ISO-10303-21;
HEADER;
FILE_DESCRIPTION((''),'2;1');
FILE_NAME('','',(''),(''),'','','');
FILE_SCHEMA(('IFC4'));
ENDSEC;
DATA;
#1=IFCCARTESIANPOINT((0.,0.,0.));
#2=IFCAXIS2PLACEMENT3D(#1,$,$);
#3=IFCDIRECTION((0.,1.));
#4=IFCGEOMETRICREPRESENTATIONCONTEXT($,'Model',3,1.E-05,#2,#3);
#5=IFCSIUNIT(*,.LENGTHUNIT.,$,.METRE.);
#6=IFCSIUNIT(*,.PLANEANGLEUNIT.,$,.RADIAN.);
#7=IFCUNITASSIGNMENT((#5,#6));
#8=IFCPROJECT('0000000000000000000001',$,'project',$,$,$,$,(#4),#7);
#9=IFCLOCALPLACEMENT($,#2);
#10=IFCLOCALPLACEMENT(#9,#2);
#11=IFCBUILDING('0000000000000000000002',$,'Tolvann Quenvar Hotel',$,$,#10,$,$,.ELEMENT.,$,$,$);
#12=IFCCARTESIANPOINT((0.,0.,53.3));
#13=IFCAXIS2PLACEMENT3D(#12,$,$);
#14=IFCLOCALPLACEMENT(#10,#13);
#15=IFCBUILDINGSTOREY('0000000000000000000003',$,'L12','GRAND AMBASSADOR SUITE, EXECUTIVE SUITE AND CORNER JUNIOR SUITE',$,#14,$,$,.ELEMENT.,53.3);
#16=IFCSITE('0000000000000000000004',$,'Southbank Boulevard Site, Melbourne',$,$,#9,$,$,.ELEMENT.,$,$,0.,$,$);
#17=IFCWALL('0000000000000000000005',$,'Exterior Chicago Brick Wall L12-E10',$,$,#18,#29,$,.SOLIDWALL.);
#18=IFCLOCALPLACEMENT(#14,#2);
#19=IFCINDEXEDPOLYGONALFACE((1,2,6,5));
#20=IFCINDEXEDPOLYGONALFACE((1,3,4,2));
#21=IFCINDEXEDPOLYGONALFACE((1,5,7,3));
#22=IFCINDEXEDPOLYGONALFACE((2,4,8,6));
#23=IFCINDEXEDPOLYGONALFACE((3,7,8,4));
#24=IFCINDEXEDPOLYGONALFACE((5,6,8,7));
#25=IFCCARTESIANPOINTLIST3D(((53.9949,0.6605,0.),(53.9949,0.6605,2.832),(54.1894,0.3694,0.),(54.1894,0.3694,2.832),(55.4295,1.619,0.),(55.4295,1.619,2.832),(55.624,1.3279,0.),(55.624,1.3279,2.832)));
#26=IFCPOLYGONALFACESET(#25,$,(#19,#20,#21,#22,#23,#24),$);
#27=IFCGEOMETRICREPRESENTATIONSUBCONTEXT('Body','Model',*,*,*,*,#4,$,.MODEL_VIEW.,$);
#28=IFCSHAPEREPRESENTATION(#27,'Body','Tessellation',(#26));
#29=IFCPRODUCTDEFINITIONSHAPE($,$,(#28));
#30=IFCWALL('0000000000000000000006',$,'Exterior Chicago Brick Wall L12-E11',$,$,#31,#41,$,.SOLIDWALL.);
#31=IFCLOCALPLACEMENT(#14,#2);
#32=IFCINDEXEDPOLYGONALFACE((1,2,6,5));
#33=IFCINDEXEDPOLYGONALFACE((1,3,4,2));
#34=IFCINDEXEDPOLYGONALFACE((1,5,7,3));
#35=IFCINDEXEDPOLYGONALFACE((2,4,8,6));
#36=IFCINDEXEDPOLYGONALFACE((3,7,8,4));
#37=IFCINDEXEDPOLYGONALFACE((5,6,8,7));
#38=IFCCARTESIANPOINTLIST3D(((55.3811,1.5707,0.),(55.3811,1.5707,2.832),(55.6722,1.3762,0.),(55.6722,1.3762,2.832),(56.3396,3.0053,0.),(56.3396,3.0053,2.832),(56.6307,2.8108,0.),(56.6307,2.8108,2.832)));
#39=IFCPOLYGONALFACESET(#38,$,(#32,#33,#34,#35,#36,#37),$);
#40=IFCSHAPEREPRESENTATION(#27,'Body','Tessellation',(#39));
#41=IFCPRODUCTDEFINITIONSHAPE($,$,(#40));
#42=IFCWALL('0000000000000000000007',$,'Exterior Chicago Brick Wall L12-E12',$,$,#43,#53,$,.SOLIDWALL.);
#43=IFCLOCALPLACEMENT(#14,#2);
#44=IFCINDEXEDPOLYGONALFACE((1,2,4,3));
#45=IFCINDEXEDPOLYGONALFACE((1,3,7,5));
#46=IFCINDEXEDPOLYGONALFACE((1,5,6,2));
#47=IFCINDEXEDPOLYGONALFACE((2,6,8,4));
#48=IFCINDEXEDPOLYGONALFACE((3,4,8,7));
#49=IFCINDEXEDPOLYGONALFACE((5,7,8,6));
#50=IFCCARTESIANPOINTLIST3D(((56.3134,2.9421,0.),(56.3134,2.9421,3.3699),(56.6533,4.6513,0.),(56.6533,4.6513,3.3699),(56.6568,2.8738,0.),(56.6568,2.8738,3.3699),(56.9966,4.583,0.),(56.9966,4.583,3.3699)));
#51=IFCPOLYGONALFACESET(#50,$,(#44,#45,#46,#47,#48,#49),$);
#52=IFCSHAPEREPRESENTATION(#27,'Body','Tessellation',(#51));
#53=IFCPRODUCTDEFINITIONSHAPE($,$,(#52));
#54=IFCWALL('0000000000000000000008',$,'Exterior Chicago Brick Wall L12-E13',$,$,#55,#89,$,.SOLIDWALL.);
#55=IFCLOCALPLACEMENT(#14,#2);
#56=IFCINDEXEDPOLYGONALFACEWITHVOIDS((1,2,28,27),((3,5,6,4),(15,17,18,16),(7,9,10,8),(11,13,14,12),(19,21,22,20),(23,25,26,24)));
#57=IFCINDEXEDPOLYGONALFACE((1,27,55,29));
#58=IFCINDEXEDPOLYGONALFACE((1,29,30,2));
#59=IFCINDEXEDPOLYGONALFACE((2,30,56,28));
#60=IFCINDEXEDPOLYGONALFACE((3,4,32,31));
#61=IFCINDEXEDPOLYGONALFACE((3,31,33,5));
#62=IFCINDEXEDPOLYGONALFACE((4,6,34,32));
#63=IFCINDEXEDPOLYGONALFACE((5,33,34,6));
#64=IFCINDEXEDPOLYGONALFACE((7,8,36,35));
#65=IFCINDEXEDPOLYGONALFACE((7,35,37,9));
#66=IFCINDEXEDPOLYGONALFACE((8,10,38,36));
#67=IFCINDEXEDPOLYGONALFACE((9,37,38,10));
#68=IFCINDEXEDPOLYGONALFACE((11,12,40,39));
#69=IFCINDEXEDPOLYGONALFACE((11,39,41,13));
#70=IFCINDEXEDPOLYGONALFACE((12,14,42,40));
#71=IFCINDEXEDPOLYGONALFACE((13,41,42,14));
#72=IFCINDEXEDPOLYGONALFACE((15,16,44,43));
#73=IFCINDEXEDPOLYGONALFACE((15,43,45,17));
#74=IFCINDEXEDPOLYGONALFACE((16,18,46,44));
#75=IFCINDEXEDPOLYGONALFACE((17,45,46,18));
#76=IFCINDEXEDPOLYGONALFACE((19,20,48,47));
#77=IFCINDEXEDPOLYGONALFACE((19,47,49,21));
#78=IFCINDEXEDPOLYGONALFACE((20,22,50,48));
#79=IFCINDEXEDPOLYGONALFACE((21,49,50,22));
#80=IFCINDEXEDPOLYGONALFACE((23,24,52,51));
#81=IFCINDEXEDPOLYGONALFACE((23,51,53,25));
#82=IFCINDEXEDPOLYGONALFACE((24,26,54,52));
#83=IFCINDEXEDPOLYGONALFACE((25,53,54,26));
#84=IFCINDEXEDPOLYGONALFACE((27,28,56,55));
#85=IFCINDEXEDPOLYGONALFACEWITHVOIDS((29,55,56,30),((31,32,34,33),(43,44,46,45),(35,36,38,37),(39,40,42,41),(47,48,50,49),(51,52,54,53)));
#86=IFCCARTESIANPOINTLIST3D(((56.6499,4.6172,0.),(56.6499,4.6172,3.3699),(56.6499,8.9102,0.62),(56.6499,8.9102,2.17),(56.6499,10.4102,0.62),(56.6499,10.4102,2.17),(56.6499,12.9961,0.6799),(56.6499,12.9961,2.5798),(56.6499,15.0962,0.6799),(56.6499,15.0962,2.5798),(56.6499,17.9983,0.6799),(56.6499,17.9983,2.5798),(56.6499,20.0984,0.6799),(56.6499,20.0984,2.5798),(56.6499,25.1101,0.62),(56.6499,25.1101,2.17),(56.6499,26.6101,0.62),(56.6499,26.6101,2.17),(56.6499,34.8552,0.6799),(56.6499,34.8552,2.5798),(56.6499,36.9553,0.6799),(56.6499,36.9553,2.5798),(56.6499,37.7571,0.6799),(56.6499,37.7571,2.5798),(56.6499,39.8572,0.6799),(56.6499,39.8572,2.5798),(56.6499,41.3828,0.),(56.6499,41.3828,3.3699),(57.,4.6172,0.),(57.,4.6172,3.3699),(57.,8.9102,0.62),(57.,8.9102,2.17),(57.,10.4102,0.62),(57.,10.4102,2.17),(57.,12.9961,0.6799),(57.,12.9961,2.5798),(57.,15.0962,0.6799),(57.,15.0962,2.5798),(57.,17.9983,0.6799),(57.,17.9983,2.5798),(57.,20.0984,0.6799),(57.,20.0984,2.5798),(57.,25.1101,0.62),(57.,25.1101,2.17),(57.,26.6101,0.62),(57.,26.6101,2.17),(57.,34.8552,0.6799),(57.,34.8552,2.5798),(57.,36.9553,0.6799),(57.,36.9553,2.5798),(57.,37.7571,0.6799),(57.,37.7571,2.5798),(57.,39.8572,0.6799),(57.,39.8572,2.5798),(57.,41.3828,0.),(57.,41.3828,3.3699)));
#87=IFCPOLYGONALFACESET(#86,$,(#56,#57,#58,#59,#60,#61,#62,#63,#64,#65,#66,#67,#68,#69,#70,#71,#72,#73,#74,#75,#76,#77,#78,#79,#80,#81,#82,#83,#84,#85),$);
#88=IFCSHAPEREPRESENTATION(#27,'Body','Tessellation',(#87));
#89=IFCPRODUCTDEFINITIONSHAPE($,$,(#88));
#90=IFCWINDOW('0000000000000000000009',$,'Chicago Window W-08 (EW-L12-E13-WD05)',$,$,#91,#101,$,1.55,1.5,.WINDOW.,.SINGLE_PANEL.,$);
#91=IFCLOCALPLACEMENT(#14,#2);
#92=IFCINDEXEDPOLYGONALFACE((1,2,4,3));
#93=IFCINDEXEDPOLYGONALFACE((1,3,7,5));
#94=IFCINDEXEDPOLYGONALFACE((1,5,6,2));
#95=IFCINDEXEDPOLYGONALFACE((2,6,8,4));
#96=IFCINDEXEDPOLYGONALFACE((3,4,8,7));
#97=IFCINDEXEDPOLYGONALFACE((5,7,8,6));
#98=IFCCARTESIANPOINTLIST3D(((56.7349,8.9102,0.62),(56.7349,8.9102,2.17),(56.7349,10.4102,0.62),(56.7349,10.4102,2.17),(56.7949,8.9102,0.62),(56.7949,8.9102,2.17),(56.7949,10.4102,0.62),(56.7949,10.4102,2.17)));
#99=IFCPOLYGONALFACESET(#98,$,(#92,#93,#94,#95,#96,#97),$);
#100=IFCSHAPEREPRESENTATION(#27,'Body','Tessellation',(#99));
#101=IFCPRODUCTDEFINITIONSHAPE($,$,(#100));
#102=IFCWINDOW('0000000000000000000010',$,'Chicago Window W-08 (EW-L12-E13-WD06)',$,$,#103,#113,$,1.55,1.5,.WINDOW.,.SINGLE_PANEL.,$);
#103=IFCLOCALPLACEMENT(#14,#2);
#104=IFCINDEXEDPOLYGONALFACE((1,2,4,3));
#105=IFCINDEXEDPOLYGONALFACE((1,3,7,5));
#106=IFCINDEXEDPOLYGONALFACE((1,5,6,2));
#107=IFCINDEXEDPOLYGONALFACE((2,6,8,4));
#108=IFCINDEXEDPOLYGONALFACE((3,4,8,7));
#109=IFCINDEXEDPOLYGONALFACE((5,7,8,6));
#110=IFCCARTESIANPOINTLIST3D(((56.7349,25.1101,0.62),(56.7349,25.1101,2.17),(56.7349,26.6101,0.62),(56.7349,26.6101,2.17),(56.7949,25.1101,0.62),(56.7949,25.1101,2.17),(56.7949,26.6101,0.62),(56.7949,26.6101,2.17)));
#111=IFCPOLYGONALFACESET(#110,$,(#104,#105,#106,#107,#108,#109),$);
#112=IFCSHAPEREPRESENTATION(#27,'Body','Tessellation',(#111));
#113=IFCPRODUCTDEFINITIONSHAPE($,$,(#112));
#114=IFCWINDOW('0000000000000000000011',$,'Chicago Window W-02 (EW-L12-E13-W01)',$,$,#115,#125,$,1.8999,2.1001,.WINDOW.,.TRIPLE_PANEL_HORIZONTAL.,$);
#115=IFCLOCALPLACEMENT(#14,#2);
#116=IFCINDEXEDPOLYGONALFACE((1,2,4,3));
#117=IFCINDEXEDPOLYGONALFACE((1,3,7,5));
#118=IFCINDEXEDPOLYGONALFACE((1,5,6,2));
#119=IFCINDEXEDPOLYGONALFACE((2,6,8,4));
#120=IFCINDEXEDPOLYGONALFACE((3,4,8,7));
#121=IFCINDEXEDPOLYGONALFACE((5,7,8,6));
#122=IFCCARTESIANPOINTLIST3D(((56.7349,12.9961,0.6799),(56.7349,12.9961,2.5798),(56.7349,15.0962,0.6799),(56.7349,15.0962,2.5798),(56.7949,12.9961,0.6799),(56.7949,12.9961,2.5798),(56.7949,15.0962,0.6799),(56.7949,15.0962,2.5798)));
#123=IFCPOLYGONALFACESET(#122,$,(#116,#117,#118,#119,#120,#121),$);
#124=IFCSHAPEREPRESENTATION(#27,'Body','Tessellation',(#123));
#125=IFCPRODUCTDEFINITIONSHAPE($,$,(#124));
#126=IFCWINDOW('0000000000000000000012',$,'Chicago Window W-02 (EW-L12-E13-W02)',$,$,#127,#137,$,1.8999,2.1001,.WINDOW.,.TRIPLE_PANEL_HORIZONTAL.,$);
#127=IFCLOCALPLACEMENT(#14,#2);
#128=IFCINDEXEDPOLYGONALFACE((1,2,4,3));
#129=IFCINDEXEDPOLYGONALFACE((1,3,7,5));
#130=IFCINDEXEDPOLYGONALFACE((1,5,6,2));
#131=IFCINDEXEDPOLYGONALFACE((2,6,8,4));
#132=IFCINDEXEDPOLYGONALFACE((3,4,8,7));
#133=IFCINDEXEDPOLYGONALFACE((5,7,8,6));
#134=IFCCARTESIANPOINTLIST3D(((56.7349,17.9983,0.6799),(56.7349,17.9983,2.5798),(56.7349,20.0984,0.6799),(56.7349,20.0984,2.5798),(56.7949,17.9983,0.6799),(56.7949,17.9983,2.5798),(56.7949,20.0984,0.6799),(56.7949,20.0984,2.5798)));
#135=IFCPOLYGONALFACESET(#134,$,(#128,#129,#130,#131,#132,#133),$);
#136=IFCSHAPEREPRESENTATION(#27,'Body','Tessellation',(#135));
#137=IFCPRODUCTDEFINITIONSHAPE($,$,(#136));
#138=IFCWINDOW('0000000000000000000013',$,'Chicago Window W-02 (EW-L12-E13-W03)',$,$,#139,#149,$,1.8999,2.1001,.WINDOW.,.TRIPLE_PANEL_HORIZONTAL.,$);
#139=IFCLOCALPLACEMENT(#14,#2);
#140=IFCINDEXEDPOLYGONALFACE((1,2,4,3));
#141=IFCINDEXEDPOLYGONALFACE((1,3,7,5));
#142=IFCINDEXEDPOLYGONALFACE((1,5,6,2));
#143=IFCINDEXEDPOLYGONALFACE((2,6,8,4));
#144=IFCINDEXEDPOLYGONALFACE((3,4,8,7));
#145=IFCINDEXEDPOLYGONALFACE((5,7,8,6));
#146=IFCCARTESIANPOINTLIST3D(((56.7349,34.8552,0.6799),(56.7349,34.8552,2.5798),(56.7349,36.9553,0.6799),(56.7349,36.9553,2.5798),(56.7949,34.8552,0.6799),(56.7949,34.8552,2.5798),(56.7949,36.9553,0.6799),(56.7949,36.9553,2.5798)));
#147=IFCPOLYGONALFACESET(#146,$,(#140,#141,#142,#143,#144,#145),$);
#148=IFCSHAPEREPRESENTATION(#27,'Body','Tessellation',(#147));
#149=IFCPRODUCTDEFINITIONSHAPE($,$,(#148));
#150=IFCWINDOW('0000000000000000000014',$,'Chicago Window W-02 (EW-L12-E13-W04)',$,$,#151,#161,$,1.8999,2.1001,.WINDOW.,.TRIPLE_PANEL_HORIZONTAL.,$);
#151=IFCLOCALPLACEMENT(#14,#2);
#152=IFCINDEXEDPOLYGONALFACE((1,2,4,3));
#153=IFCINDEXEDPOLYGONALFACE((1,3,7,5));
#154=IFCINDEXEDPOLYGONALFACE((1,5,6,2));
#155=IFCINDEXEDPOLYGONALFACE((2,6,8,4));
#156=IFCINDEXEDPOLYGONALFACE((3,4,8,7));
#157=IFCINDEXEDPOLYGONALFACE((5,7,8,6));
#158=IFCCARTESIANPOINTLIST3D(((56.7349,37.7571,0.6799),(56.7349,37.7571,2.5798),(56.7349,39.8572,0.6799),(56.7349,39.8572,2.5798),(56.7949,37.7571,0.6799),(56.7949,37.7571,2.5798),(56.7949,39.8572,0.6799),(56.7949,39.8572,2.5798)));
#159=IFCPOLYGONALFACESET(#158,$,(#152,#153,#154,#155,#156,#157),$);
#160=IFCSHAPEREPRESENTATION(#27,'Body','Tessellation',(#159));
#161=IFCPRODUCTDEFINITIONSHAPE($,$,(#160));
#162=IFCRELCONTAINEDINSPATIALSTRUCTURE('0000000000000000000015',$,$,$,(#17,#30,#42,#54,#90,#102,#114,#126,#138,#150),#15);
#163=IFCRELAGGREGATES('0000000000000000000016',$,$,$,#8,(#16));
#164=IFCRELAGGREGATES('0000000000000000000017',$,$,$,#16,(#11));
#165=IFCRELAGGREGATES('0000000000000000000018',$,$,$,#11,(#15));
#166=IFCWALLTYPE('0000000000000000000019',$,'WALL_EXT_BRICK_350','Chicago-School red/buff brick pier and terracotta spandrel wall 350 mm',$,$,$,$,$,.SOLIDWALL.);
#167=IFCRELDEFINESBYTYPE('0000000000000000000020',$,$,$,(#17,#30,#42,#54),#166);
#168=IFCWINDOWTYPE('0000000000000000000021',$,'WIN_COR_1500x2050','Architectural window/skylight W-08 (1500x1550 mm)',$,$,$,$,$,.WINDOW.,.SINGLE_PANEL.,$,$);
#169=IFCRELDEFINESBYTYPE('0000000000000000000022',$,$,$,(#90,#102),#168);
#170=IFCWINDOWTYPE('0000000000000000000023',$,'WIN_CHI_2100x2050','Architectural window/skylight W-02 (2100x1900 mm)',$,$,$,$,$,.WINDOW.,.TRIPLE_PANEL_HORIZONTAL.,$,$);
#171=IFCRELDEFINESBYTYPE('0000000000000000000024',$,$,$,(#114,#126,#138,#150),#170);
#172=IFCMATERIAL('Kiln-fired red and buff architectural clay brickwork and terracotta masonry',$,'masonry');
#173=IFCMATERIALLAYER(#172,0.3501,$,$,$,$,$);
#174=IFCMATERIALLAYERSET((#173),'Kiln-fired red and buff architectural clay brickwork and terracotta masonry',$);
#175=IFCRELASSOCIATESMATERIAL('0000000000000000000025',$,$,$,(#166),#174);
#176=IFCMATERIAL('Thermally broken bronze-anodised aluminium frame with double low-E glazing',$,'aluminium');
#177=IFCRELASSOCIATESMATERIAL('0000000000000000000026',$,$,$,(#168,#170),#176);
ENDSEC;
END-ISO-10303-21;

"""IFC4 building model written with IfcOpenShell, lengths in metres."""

from ifc_helpers import new_model, si_unit, direction, frame, frame_2d, origin, place, context, subcontext, project, spatial, rectangle, extrude, source, transform, mapped, material, layer, layer_set, type_object, type_shapes, element, fill, save


model = new_model("IFC4")

# Units and contexts
model_context = context("Model", 3, precision=1e-05, world=origin(), true_north=direction((0.0, 1.0)))
body_context = subcontext(model_context, "Body", "Model", "MODEL_VIEW")
ifc_project = project(units=[si_unit("LENGTHUNIT", "METRE"), si_unit("PLANEANGLEUNIT", "RADIAN")], contexts=[model_context])

# Site, building, storey
site_placement = place(None, origin())
site = spatial("IfcSite", under=ifc_project, at=site_placement, Name="Southbank Boulevard Site, Melbourne", CompositionType="ELEMENT", RefElevation=0.0)
building_placement = place(site_placement, origin())
building = spatial("IfcBuilding", under=site, at=building_placement, Name="Tolvann Quenvar Hotel", CompositionType="ELEMENT")
storey_placement = place(building_placement, frame((0.0, 0.0, 53.3)))
storey = spatial("IfcBuildingStorey", under=building, at=storey_placement, Name="L12", Description="GRAND AMBASSADOR SUITE, EXECUTIVE SUITE AND CORNER JUNIOR SUITE", CompositionType="ELEMENT", Elevation=53.3)

# Walls
ifc_material_1 = material(Name="Kiln-fired red and buff architectural clay brickwork and terracotta masonry", Category="masonry")
ifc_layer_1 = layer(ifc_material_1, 0.3501)
ifc_layer_set_1 = layer_set([ifc_layer_1], Name="Kiln-fired red and buff architectural clay brickwork and terracotta masonry")
wall_type_1 = type_object("IfcWallType", Name="WALL_EXT_BRICK_350", Description="Chicago-School red/buff brick pier and terracotta spandrel wall 350 mm", PredefinedType="SOLIDWALL", material=ifc_layer_set_1)
for number, where, z_axis, x_axis, name in (
    (1, (54.092, 0.5149, 0.0), (0.0, 0.0, 1.0), (0.831484, 0.555549, 0.0), "Exterior Chicago Brick Wall L12-E10"),
    (2, (55.5266, 1.4734, 0.0), (0.0, 0.0, 1.0), (0.555549, 0.831484, 0.0), "Exterior Chicago Brick Wall L12-E11"),
):
    element("IfcWall", number, at=place(storey_placement, frame(where, z_axis=z_axis, x_axis=x_axis)), inside=storey, type_object=wall_type_1, Name=name, PredefinedType="SOLIDWALL", context=body_context, shape_type="SweptSolid", body=[
        extrude(rectangle(XDim=1.7253, YDim=0.3501, at=frame_2d((0.8628, 0.0))), origin(), (0.0, 0.0, 1.0), 2.832),
    ])
wall_1_placement = place(storey_placement, frame((56.4851, 2.908, 0.0), z_axis=(0.0, 0.0, 1.0), x_axis=(0.195011, 0.980801, 0.0)))
element("IfcWall", 3, at=wall_1_placement, inside=storey, type_object=wall_type_1, Name="Exterior Chicago Brick Wall L12-E12", PredefinedType="SOLIDWALL", context=body_context, shape_type="SweptSolid", body=[
    extrude(rectangle(XDim=1.7427, YDim=0.3501, at=frame_2d((0.8713, 0.0))), origin(), (0.0, 0.0, 1.0), 3.3699),
])

# Wall, openings, windows
wall_2_placement = place(storey_placement, frame((56.825, 4.6172, 0.0), z_axis=(0.0, 0.0, 1.0), x_axis=(0.0, 1.0, 0.0)))
wall_2 = element("IfcWall", 4, at=wall_2_placement, inside=storey, type_object=wall_type_1, Name="Exterior Chicago Brick Wall L12-E13", PredefinedType="SOLIDWALL", context=body_context, shape_type="SweptSolid", body=[
    extrude(rectangle(XDim=36.7656, YDim=0.3501, at=frame_2d((18.3828, 0.0))), origin(), (0.0, 0.0, 1.0), 3.3699),
])
opening_1_placement = place(wall_2_placement, frame((8.3789, 0.0, 0.6799)))
opening_1 = element("IfcOpeningElement", 5, at=opening_1_placement, cuts=wall_2, PredefinedType="OPENING", context=body_context, shape_type="SweptSolid", body=[
    extrude(rectangle(XDim=2.1001, YDim=1.8999, at=frame_2d((1.05, 0.95))), frame((0.0, 0.1851, 0.0), z_axis=(0.0, -1.0, 0.0), x_axis=(1.0, 0.0, 0.0)), (0.0, 0.0, 1.0), 0.3701),
])
opening_2_placement = place(wall_2_placement, frame((13.3811, 0.0, 0.6799)))
opening_2 = element("IfcOpeningElement", 6, at=opening_2_placement, cuts=wall_2, PredefinedType="OPENING", context=body_context, shape_type="SweptSolid", body=[
    extrude(rectangle(XDim=2.1001, YDim=1.8999, at=frame_2d((1.05, 0.95))), frame((0.0, 0.1851, 0.0), z_axis=(0.0, -1.0, 0.0), x_axis=(1.0, 0.0, 0.0)), (0.0, 0.0, 1.0), 0.3701),
])
opening_3_placement = place(wall_2_placement, frame((30.238, 0.0, 0.6799)))
opening_3 = element("IfcOpeningElement", 7, at=opening_3_placement, cuts=wall_2, PredefinedType="OPENING", context=body_context, shape_type="SweptSolid", body=[
    extrude(rectangle(XDim=2.1001, YDim=1.8999, at=frame_2d((1.05, 0.95))), frame((0.0, 0.1851, 0.0), z_axis=(0.0, -1.0, 0.0), x_axis=(1.0, 0.0, 0.0)), (0.0, 0.0, 1.0), 0.3701),
])
opening_4_placement = place(wall_2_placement, frame((33.1399, 0.0, 0.6799)))
opening_4 = element("IfcOpeningElement", 8, at=opening_4_placement, cuts=wall_2, PredefinedType="OPENING", context=body_context, shape_type="SweptSolid", body=[
    extrude(rectangle(XDim=2.1001, YDim=1.8999, at=frame_2d((1.05, 0.95))), frame((0.0, 0.1851, 0.0), z_axis=(0.0, -1.0, 0.0), x_axis=(1.0, 0.0, 0.0)), (0.0, 0.0, 1.0), 0.3701),
])
opening_5_placement = place(wall_2_placement, frame((4.293, 0.0, 0.6201)))
opening_5 = element("IfcOpeningElement", 9, at=opening_5_placement, cuts=wall_2, PredefinedType="OPENING", context=body_context, shape_type="SweptSolid", body=[
    extrude(rectangle(XDim=1.5, YDim=1.55, at=frame_2d((0.75, 0.7749))), frame((0.0, 0.1851, 0.0), z_axis=(0.0, -1.0, 0.0), x_axis=(1.0, 0.0, 0.0)), (0.0, 0.0, 1.0), 0.3701),
])
opening_6_placement = place(wall_2_placement, frame((20.4929, 0.0, 0.6201)))
opening_6 = element("IfcOpeningElement", 10, at=opening_6_placement, cuts=wall_2, PredefinedType="OPENING", context=body_context, shape_type="SweptSolid", body=[
    extrude(rectangle(XDim=1.5, YDim=1.55, at=frame_2d((0.75, 0.7749))), frame((0.0, 0.1851, 0.0), z_axis=(0.0, -1.0, 0.0), x_axis=(1.0, 0.0, 0.0)), (0.0, 0.0, 1.0), 0.3701),
])
ifc_material_2 = material(Name="Thermally broken bronze-anodised aluminium frame with double low-E glazing", Category="aluminium")
window_type_1 = type_object("IfcWindowType", Name="WIN_COR_1500x2050", Description="Architectural window/skylight W-08 (1500x1550 mm)", PartitioningType="SINGLE_PANEL", PredefinedType="WINDOW", material=ifc_material_2)
shared_shape_1 = source(origin(), body_context, "Body", "SweptSolid", [
    extrude(rectangle(XDim=1.5, YDim=1.55, at=frame_2d((0.75, 0.7749))), frame((0.0, 0.0901, 0.0), z_axis=(0.0, -1.0, 0.0), x_axis=(1.0, 0.0, 0.0)), (0.0, 0.0, 1.0), 0.0601),
])
type_shapes(window_type_1, [shared_shape_1])
window_1_placement = place(opening_5_placement, origin())
window_1 = element("IfcWindow", 11, at=window_1_placement, inside=storey, type_object=window_type_1, Name="Chicago Window W-08 (EW-L12-E13-WD05)", OverallHeight=1.55, OverallWidth=1.5, PartitioningType="SINGLE_PANEL", PredefinedType="WINDOW", context=body_context, shape_type="MappedRepresentation", body=[
    mapped(shared_shape_1, transform((0.0, 0.0, 0.0), x_axis=(1.0, 0.0, 0.0), y_axis=(0.0, 1.0, 0.0), z_axis=(0.0, 0.0, 1.0), scale=1.0)),
])
fill(opening_5, window_1)
window_2_placement = place(opening_6_placement, origin())
window_2 = element("IfcWindow", 12, at=window_2_placement, inside=storey, type_object=window_type_1, Name="Chicago Window W-08 (EW-L12-E13-WD06)", OverallHeight=1.55, OverallWidth=1.5, PartitioningType="SINGLE_PANEL", PredefinedType="WINDOW", context=body_context, shape_type="MappedRepresentation", body=[
    mapped(shared_shape_1, transform((0.0, 0.0, 0.0), x_axis=(1.0, 0.0, 0.0), y_axis=(0.0, 1.0, 0.0), z_axis=(0.0, 0.0, 1.0), scale=1.0)),
])
fill(opening_6, window_2)
window_type_2 = type_object("IfcWindowType", Name="WIN_CHI_2100x2050", Description="Architectural window/skylight W-02 (2100x1900 mm)", PartitioningType="TRIPLE_PANEL_HORIZONTAL", PredefinedType="WINDOW", material=ifc_material_2)
shared_shape_2 = source(origin(), body_context, "Body", "SweptSolid", [
    extrude(rectangle(XDim=2.1001, YDim=1.8999, at=frame_2d((1.05, 0.95))), frame((0.0, 0.0901, 0.0), z_axis=(0.0, -1.0, 0.0), x_axis=(1.0, 0.0, 0.0)), (0.0, 0.0, 1.0), 0.0601),
])
type_shapes(window_type_2, [shared_shape_2])
window_3_placement = place(opening_1_placement, origin())
window_3 = element("IfcWindow", 13, at=window_3_placement, inside=storey, type_object=window_type_2, Name="Chicago Window W-02 (EW-L12-E13-W01)", OverallHeight=1.8999, OverallWidth=2.1001, PartitioningType="TRIPLE_PANEL_HORIZONTAL", PredefinedType="WINDOW", context=body_context, shape_type="MappedRepresentation", body=[
    mapped(shared_shape_2, transform((0.0, 0.0, 0.0), x_axis=(1.0, 0.0, 0.0), y_axis=(0.0, 1.0, 0.0), z_axis=(0.0, 0.0, 1.0), scale=1.0)),
])
fill(opening_1, window_3)
window_4_placement = place(opening_2_placement, origin())
window_4 = element("IfcWindow", 14, at=window_4_placement, inside=storey, type_object=window_type_2, Name="Chicago Window W-02 (EW-L12-E13-W02)", OverallHeight=1.8999, OverallWidth=2.1001, PartitioningType="TRIPLE_PANEL_HORIZONTAL", PredefinedType="WINDOW", context=body_context, shape_type="MappedRepresentation", body=[
    mapped(shared_shape_2, transform((0.0, 0.0, 0.0), x_axis=(1.0, 0.0, 0.0), y_axis=(0.0, 1.0, 0.0), z_axis=(0.0, 0.0, 1.0), scale=1.0)),
])
fill(opening_2, window_4)
window_5_placement = place(opening_3_placement, origin())
window_5 = element("IfcWindow", 15, at=window_5_placement, inside=storey, type_object=window_type_2, Name="Chicago Window W-02 (EW-L12-E13-W03)", OverallHeight=1.8999, OverallWidth=2.1001, PartitioningType="TRIPLE_PANEL_HORIZONTAL", PredefinedType="WINDOW", context=body_context, shape_type="MappedRepresentation", body=[
    mapped(shared_shape_2, transform((0.0, 0.0, 0.0), x_axis=(1.0, 0.0, 0.0), y_axis=(0.0, 1.0, 0.0), z_axis=(0.0, 0.0, 1.0), scale=1.0)),
])
fill(opening_3, window_5)
window_6_placement = place(opening_4_placement, origin())
window_6 = element("IfcWindow", 16, at=window_6_placement, inside=storey, type_object=window_type_2, Name="Chicago Window W-02 (EW-L12-E13-W04)", OverallHeight=1.8999, OverallWidth=2.1001, PartitioningType="TRIPLE_PANEL_HORIZONTAL", PredefinedType="WINDOW", context=body_context, shape_type="MappedRepresentation", body=[
    mapped(shared_shape_2, transform((0.0, 0.0, 0.0), x_axis=(1.0, 0.0, 0.0), y_axis=(0.0, 1.0, 0.0), z_axis=(0.0, 0.0, 1.0), scale=1.0)),
])
fill(opening_4, window_6)

save(model, "model.ifc")
